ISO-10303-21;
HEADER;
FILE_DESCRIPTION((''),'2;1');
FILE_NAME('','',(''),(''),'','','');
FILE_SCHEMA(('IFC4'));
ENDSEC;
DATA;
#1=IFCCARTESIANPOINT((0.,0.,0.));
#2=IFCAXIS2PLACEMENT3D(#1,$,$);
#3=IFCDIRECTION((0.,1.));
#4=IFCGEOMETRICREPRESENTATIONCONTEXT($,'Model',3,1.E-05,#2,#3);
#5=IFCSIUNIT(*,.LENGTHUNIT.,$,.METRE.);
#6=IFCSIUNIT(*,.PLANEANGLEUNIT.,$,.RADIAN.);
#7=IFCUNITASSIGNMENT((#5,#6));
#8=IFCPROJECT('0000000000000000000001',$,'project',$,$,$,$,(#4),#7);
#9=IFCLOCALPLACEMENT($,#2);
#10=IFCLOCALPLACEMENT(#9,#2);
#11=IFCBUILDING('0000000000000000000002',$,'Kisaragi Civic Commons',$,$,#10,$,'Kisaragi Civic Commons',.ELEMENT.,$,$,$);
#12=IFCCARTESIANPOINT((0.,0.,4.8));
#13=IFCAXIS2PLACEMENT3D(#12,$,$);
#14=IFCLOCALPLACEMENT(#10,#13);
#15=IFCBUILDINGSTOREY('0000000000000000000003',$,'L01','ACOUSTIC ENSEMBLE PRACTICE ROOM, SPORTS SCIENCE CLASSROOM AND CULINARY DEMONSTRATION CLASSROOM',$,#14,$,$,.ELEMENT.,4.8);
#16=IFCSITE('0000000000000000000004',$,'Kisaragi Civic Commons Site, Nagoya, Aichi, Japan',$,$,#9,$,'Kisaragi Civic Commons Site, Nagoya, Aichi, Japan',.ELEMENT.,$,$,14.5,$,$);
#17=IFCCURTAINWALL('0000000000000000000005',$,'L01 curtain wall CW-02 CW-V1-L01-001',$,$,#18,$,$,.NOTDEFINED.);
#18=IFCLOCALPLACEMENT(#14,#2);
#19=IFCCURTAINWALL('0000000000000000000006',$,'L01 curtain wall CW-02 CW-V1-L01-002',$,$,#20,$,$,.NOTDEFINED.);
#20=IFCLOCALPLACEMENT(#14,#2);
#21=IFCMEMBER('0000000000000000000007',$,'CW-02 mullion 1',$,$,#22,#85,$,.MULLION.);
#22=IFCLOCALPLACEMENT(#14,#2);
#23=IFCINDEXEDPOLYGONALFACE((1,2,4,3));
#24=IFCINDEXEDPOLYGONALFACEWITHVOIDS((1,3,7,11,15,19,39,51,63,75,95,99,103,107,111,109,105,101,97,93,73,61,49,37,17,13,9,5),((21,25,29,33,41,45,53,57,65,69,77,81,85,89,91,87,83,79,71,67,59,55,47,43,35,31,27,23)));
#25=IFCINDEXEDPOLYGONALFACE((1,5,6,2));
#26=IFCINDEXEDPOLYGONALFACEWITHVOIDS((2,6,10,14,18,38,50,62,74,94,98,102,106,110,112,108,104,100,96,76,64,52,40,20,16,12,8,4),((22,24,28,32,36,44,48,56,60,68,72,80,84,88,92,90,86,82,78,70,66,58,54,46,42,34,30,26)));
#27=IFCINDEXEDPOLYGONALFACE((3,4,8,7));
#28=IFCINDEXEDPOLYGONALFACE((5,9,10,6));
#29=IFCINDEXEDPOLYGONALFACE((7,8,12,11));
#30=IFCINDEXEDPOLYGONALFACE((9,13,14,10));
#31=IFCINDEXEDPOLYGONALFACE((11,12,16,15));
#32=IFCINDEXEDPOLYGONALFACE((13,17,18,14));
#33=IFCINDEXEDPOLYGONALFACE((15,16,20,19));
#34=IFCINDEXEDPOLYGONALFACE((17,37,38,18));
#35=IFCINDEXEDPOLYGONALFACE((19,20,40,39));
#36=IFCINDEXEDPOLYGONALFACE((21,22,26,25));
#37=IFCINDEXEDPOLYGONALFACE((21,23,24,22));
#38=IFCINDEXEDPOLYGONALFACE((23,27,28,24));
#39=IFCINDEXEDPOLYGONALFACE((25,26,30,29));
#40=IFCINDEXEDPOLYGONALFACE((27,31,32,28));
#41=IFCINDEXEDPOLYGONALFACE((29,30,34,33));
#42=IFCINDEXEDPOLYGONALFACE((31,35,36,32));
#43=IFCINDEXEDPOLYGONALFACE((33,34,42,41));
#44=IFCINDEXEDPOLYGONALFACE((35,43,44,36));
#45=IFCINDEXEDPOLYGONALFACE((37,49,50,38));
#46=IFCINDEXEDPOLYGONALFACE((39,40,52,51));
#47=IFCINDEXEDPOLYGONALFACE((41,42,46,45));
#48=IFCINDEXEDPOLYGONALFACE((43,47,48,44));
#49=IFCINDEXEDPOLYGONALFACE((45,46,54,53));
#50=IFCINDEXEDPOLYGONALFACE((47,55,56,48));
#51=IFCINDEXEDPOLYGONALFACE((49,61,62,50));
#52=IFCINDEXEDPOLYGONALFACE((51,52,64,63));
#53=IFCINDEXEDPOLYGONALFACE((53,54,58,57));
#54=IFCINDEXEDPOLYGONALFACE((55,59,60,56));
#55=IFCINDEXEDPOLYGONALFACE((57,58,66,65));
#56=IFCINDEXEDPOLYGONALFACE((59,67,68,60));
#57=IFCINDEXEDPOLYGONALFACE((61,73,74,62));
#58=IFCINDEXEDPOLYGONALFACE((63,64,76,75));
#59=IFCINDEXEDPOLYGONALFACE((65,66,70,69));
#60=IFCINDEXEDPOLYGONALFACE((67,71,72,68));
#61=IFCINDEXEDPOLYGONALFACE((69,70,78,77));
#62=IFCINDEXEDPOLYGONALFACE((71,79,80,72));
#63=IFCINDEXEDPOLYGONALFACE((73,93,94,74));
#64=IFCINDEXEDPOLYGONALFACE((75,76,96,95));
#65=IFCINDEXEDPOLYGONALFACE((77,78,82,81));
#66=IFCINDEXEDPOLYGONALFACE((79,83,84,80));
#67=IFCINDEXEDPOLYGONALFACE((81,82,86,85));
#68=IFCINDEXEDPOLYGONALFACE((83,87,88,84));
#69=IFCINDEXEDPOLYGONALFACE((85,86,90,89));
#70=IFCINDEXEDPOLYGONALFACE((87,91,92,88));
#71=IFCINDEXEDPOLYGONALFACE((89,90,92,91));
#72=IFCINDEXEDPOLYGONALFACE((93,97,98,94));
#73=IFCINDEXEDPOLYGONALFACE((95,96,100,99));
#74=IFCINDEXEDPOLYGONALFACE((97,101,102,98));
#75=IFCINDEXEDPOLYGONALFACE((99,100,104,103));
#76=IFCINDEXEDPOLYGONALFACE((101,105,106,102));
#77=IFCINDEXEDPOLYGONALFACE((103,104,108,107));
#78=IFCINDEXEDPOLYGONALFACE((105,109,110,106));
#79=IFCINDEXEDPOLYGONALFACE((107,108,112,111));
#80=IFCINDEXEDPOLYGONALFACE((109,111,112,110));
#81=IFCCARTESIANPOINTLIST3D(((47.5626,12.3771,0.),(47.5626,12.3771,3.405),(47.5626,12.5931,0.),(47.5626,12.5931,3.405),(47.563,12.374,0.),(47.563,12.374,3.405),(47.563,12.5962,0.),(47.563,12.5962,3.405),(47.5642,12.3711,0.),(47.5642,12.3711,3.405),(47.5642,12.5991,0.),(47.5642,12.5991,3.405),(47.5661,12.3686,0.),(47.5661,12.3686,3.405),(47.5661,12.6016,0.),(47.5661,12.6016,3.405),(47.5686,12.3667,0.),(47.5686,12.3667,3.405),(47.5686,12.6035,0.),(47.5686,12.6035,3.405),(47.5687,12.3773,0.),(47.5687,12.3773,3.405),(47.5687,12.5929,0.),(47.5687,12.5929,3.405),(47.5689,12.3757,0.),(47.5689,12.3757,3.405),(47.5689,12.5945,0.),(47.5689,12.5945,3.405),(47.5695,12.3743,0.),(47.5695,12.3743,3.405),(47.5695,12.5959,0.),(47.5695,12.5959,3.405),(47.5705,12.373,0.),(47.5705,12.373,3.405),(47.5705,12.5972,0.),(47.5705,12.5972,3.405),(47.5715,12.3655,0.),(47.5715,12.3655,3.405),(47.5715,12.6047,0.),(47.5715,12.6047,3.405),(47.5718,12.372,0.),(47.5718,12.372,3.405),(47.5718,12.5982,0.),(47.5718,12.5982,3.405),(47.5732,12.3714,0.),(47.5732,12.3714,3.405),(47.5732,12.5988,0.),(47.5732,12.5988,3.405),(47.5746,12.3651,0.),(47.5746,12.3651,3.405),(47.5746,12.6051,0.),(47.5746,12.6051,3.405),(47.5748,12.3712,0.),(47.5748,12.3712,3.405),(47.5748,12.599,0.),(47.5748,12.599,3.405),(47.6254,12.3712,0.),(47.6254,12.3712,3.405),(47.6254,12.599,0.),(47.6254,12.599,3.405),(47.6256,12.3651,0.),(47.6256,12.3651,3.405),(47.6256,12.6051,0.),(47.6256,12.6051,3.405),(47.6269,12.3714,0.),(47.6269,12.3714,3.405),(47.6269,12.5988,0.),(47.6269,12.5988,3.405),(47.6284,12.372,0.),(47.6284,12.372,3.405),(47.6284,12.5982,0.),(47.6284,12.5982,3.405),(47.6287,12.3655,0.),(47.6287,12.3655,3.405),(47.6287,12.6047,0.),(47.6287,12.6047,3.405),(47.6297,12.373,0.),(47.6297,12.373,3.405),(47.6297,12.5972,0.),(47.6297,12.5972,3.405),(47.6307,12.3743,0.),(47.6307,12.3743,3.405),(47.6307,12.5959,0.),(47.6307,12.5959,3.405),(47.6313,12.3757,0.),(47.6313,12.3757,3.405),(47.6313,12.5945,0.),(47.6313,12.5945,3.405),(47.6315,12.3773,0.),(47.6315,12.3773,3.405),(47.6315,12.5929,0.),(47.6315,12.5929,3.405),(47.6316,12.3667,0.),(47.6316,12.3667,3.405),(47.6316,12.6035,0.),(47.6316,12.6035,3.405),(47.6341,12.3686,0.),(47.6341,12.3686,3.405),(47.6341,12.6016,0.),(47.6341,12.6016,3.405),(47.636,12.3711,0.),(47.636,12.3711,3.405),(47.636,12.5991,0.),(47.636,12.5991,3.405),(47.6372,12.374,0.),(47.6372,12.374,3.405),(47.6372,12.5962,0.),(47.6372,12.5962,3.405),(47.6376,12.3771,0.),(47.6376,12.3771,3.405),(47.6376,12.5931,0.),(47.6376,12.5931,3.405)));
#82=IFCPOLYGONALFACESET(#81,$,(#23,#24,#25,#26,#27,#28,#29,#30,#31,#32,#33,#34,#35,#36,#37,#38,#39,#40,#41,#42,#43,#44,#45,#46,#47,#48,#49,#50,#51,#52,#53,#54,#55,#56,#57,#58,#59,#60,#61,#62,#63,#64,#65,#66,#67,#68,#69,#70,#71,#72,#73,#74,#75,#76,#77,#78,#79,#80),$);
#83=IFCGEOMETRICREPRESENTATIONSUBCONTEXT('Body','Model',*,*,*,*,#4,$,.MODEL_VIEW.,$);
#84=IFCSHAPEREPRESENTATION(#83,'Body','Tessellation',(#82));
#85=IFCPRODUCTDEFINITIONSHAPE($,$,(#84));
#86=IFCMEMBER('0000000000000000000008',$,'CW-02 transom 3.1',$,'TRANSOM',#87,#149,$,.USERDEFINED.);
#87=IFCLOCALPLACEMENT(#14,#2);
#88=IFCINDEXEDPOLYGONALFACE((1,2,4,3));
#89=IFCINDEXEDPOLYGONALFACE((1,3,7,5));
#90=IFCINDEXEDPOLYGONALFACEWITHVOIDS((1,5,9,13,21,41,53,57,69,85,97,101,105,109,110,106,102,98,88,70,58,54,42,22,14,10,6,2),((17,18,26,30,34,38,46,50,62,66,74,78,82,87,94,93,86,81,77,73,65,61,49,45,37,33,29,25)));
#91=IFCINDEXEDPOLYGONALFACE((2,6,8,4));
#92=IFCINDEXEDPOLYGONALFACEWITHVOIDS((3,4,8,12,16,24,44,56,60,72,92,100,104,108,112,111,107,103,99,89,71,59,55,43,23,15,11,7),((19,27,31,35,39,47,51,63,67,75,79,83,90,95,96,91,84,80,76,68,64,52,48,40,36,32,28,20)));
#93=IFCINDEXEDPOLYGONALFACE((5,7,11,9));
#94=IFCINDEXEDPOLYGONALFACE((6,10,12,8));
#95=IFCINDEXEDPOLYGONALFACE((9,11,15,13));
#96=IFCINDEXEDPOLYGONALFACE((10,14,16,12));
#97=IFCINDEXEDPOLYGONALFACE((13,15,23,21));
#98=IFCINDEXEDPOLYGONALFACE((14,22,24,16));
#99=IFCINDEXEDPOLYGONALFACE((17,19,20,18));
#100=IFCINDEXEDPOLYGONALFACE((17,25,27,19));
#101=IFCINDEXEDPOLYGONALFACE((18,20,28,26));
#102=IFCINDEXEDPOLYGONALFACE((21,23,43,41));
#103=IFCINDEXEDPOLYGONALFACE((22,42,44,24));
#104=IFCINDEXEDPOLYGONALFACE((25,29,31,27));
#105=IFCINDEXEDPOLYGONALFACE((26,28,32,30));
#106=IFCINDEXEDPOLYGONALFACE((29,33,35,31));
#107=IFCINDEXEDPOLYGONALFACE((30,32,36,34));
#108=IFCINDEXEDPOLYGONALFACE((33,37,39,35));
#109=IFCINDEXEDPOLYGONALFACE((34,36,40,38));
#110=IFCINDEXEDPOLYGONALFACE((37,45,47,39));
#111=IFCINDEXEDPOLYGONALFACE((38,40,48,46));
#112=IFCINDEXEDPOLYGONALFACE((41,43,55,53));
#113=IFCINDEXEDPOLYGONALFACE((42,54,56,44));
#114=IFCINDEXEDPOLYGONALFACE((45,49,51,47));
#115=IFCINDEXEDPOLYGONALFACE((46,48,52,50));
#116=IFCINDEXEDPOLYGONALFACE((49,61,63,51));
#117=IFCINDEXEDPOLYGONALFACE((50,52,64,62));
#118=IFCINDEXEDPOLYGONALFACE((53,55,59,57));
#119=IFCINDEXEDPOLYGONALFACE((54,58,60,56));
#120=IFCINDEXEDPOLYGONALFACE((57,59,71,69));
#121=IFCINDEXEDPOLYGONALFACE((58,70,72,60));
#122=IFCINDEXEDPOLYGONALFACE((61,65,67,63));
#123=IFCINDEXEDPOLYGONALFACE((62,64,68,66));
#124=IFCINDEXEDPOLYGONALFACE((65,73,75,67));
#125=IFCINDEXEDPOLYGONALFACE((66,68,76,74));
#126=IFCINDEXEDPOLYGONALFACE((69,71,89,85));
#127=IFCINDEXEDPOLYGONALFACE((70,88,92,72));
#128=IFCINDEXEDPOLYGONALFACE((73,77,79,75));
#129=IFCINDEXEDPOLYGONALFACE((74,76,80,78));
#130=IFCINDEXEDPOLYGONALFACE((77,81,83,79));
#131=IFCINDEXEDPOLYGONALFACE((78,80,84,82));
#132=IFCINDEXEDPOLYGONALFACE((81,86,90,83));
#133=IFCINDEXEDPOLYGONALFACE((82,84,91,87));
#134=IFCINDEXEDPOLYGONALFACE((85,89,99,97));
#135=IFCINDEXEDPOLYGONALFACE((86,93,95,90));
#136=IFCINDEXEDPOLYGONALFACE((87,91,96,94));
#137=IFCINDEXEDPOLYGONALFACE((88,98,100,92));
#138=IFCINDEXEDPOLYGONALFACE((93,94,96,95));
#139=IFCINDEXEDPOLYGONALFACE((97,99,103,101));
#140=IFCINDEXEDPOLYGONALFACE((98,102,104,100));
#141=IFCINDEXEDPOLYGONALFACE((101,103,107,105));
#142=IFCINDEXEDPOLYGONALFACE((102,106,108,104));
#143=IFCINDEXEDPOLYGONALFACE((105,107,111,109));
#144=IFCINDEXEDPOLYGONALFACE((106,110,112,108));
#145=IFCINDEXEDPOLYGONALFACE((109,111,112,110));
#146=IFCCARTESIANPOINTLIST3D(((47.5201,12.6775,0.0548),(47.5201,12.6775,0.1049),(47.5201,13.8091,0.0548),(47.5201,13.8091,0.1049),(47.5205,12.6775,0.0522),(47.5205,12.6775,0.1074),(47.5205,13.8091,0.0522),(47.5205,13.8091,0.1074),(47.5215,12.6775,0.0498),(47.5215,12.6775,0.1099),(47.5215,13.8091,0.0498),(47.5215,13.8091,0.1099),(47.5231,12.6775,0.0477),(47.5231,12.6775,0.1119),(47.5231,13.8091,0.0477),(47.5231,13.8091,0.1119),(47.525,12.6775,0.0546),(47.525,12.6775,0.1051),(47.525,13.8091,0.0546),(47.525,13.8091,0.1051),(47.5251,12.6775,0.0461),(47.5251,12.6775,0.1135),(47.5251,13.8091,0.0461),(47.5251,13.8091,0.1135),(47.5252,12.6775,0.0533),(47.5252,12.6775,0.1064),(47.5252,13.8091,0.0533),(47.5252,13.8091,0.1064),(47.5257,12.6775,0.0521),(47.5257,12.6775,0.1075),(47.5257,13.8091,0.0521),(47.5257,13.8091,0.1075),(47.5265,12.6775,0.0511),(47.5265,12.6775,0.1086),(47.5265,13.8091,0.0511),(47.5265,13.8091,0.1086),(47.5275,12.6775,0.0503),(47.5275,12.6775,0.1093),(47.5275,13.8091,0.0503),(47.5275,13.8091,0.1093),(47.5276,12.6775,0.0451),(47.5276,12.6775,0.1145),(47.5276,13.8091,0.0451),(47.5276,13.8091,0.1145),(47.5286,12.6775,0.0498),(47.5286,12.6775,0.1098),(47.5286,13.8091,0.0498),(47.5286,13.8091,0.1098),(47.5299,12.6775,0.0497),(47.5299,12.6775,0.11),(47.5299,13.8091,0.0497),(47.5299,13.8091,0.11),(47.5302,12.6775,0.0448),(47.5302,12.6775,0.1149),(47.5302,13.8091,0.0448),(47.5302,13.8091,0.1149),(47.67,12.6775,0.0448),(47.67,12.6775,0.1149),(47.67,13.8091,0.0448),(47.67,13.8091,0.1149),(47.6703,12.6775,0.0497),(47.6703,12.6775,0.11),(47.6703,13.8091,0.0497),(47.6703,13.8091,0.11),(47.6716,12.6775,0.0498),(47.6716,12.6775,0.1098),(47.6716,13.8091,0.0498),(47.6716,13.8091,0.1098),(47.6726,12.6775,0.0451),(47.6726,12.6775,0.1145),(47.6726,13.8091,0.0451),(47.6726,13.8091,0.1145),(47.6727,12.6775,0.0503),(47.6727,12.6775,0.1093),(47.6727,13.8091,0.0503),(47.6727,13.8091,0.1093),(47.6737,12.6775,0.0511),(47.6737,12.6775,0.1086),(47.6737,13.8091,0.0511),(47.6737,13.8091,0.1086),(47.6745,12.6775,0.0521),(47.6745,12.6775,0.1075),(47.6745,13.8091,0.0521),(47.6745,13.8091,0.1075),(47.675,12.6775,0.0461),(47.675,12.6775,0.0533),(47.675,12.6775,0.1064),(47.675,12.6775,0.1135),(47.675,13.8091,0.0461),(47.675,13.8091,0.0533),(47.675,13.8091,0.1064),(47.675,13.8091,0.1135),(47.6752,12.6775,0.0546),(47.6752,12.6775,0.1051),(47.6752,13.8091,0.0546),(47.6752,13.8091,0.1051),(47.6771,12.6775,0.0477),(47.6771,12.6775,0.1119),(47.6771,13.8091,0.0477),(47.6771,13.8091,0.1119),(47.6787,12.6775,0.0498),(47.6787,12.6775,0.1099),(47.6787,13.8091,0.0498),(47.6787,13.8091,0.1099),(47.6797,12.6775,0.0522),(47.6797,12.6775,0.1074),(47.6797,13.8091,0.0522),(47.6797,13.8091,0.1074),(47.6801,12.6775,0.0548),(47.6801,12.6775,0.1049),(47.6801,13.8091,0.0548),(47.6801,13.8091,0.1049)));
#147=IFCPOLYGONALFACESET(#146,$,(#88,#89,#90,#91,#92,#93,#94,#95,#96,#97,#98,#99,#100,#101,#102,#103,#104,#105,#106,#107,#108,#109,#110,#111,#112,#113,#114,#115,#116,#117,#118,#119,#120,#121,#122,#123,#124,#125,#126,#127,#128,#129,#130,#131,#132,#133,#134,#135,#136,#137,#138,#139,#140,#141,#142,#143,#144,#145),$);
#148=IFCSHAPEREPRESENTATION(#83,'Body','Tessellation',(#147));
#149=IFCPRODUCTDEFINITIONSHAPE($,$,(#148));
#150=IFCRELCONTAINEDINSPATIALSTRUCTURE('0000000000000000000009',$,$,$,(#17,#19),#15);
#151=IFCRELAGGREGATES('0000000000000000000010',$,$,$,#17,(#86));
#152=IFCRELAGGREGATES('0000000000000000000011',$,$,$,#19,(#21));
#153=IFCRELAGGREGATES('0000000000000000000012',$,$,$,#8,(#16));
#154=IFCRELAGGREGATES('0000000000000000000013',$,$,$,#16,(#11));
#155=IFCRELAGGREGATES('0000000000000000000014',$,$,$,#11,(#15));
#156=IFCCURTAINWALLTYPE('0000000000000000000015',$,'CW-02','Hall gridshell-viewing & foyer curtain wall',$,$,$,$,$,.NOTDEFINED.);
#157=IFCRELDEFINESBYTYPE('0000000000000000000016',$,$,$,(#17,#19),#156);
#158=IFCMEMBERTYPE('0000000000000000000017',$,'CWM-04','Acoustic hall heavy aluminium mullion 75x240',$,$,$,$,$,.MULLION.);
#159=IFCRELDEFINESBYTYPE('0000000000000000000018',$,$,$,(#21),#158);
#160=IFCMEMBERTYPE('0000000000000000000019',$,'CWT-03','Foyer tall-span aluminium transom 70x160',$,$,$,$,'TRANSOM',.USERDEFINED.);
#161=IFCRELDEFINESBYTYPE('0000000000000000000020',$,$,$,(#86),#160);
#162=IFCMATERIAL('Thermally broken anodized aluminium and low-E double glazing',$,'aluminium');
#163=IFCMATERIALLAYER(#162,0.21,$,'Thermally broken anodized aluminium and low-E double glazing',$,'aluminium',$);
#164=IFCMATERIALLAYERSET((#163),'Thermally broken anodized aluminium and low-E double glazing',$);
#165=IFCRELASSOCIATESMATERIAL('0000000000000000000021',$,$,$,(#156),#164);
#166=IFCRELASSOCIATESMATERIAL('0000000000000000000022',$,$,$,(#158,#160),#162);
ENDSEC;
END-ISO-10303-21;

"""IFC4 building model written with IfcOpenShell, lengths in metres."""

from ifc_helpers import new_model, si_unit, direction, frame, origin, origin_2d, place, context, subcontext, project, spatial, hollow_rectangle, extrude, material, layer, layer_set, material_profile, profile_set, type_object, element, aggregate, save


model = new_model("IFC4")

# Units and contexts
model_context = context("Model", 3, precision=1e-05, world=origin(), true_north=direction((0.0, 1.0)))
body_context = subcontext(model_context, "Body", "Model", "MODEL_VIEW")
ifc_project = project(units=[si_unit("LENGTHUNIT", "METRE"), si_unit("PLANEANGLEUNIT", "RADIAN")], contexts=[model_context])

# Site, building, storey
site_placement = place(None, origin())
site = spatial("IfcSite", under=ifc_project, at=site_placement, Name="Kisaragi Civic Commons Site, Nagoya, Aichi, Japan", LongName="Kisaragi Civic Commons Site, Nagoya, Aichi, Japan", CompositionType="ELEMENT", RefElevation=14.5)
building_placement = place(site_placement, origin())
building = spatial("IfcBuilding", under=site, at=building_placement, Name="Kisaragi Civic Commons", LongName="Kisaragi Civic Commons", CompositionType="ELEMENT")
storey_placement = place(building_placement, frame((0.0, 0.0, 4.8)))
storey = spatial("IfcBuildingStorey", under=building, at=storey_placement, Name="L01", Description="ACOUSTIC ENSEMBLE PRACTICE ROOM, SPORTS SCIENCE CLASSROOM AND CULINARY DEMONSTRATION CLASSROOM", CompositionType="ELEMENT", Elevation=4.8)

# Curtain wall
ifc_material_1 = material(Name="Thermally broken anodized aluminium and low-E double glazing", Category="aluminium")
ifc_layer_1 = layer(ifc_material_1, 0.21, Name="Thermally broken anodized aluminium and low-E double glazing", Category="aluminium")
ifc_layer_set_1 = layer_set([ifc_layer_1], Name="Thermally broken anodized aluminium and low-E double glazing")
curtain_wall_type = type_object("IfcCurtainWallType", Name="CW-02", Description="Hall gridshell-viewing & foyer curtain wall", PredefinedType="NOTDEFINED", material=ifc_layer_set_1)
curtain_wall_1_placement = place(storey_placement, origin())
curtain_wall_1 = element("IfcCurtainWall", 1, at=curtain_wall_1_placement, inside=storey, type_object=curtain_wall_type, Name="L01 curtain wall CW-02 CW-V1-L01-001", PredefinedType="NOTDEFINED")
ifc_material_profile_1 = material_profile(ifc_material_1, hollow_rectangle(XDim=0.075, YDim=0.24, WallThickness=0.0061, InnerFilletRadius=0.0061, OuterFilletRadius=0.012, at=origin_2d()), Name="CWM-75x240x6", Category="aluminium")
ifc_profile_set_1 = profile_set([ifc_material_profile_1], Name="Thermally broken anodized aluminium and low-E double glazing")
member_type_1 = type_object("IfcMemberType", Name="CWM-04", Description="Acoustic hall heavy aluminium mullion 75x240", PredefinedType="MULLION", material=ifc_profile_set_1)

# Curtain wall, member
curtain_wall_2_placement = place(storey_placement, origin())
curtain_wall_2 = element("IfcCurtainWall", 2, at=curtain_wall_2_placement, inside=storey, type_object=curtain_wall_type, Name="L01 curtain wall CW-02 CW-V1-L01-002", PredefinedType="NOTDEFINED")
member_1_placement = place(storey_placement, frame((47.6001, 12.4851, 0.0), z_axis=(0.0, 0.0, 1.0), x_axis=(1.0, 0.0, 0.0)))
member_1 = element("IfcMember", 3, at=member_1_placement, type_object=member_type_1, Name="CW-02 mullion 1", PredefinedType="MULLION", context=body_context, shape_type="SweptSolid", body=[
    extrude(hollow_rectangle(XDim=0.075, YDim=0.24, WallThickness=0.0061, InnerFilletRadius=0.0061, OuterFilletRadius=0.012, at=origin_2d()), origin(), (0.0, 0.0, 1.0), 3.405),
])

# Member
ifc_material_profile_2 = material_profile(ifc_material_1, hollow_rectangle(XDim=0.1599, YDim=0.0701, WallThickness=0.0049, InnerFilletRadius=0.0049, OuterFilletRadius=0.01, at=origin_2d()), Name="CWT-70x160x5", Category="aluminium")
ifc_profile_set_2 = profile_set([ifc_material_profile_2], Name="Thermally broken anodized aluminium and low-E double glazing")
member_type_2 = type_object("IfcMemberType", Name="CWT-03", Description="Foyer tall-span aluminium transom 70x160", ElementType="TRANSOM", PredefinedType="USERDEFINED", material=ifc_profile_set_2)
member_2_placement = place(storey_placement, frame((47.6001, 13.8091, 0.0798), z_axis=(0.0, -1.0, 0.0), x_axis=(1.0, 0.0, 0.0)))
member_2 = element("IfcMember", 4, at=member_2_placement, type_object=member_type_2, Name="CW-02 transom 3.1", ObjectType="TRANSOM", PredefinedType="USERDEFINED", context=body_context, shape_type="SweptSolid", body=[
    extrude(hollow_rectangle(XDim=0.1599, YDim=0.0701, WallThickness=0.0049, InnerFilletRadius=0.0049, OuterFilletRadius=0.01, at=origin_2d()), origin(), (0.0, 0.0, 1.0), 1.1316),
])

aggregate(curtain_wall_1, [member_2])
aggregate(curtain_wall_2, [member_1])

save(model, "model.ifc")
